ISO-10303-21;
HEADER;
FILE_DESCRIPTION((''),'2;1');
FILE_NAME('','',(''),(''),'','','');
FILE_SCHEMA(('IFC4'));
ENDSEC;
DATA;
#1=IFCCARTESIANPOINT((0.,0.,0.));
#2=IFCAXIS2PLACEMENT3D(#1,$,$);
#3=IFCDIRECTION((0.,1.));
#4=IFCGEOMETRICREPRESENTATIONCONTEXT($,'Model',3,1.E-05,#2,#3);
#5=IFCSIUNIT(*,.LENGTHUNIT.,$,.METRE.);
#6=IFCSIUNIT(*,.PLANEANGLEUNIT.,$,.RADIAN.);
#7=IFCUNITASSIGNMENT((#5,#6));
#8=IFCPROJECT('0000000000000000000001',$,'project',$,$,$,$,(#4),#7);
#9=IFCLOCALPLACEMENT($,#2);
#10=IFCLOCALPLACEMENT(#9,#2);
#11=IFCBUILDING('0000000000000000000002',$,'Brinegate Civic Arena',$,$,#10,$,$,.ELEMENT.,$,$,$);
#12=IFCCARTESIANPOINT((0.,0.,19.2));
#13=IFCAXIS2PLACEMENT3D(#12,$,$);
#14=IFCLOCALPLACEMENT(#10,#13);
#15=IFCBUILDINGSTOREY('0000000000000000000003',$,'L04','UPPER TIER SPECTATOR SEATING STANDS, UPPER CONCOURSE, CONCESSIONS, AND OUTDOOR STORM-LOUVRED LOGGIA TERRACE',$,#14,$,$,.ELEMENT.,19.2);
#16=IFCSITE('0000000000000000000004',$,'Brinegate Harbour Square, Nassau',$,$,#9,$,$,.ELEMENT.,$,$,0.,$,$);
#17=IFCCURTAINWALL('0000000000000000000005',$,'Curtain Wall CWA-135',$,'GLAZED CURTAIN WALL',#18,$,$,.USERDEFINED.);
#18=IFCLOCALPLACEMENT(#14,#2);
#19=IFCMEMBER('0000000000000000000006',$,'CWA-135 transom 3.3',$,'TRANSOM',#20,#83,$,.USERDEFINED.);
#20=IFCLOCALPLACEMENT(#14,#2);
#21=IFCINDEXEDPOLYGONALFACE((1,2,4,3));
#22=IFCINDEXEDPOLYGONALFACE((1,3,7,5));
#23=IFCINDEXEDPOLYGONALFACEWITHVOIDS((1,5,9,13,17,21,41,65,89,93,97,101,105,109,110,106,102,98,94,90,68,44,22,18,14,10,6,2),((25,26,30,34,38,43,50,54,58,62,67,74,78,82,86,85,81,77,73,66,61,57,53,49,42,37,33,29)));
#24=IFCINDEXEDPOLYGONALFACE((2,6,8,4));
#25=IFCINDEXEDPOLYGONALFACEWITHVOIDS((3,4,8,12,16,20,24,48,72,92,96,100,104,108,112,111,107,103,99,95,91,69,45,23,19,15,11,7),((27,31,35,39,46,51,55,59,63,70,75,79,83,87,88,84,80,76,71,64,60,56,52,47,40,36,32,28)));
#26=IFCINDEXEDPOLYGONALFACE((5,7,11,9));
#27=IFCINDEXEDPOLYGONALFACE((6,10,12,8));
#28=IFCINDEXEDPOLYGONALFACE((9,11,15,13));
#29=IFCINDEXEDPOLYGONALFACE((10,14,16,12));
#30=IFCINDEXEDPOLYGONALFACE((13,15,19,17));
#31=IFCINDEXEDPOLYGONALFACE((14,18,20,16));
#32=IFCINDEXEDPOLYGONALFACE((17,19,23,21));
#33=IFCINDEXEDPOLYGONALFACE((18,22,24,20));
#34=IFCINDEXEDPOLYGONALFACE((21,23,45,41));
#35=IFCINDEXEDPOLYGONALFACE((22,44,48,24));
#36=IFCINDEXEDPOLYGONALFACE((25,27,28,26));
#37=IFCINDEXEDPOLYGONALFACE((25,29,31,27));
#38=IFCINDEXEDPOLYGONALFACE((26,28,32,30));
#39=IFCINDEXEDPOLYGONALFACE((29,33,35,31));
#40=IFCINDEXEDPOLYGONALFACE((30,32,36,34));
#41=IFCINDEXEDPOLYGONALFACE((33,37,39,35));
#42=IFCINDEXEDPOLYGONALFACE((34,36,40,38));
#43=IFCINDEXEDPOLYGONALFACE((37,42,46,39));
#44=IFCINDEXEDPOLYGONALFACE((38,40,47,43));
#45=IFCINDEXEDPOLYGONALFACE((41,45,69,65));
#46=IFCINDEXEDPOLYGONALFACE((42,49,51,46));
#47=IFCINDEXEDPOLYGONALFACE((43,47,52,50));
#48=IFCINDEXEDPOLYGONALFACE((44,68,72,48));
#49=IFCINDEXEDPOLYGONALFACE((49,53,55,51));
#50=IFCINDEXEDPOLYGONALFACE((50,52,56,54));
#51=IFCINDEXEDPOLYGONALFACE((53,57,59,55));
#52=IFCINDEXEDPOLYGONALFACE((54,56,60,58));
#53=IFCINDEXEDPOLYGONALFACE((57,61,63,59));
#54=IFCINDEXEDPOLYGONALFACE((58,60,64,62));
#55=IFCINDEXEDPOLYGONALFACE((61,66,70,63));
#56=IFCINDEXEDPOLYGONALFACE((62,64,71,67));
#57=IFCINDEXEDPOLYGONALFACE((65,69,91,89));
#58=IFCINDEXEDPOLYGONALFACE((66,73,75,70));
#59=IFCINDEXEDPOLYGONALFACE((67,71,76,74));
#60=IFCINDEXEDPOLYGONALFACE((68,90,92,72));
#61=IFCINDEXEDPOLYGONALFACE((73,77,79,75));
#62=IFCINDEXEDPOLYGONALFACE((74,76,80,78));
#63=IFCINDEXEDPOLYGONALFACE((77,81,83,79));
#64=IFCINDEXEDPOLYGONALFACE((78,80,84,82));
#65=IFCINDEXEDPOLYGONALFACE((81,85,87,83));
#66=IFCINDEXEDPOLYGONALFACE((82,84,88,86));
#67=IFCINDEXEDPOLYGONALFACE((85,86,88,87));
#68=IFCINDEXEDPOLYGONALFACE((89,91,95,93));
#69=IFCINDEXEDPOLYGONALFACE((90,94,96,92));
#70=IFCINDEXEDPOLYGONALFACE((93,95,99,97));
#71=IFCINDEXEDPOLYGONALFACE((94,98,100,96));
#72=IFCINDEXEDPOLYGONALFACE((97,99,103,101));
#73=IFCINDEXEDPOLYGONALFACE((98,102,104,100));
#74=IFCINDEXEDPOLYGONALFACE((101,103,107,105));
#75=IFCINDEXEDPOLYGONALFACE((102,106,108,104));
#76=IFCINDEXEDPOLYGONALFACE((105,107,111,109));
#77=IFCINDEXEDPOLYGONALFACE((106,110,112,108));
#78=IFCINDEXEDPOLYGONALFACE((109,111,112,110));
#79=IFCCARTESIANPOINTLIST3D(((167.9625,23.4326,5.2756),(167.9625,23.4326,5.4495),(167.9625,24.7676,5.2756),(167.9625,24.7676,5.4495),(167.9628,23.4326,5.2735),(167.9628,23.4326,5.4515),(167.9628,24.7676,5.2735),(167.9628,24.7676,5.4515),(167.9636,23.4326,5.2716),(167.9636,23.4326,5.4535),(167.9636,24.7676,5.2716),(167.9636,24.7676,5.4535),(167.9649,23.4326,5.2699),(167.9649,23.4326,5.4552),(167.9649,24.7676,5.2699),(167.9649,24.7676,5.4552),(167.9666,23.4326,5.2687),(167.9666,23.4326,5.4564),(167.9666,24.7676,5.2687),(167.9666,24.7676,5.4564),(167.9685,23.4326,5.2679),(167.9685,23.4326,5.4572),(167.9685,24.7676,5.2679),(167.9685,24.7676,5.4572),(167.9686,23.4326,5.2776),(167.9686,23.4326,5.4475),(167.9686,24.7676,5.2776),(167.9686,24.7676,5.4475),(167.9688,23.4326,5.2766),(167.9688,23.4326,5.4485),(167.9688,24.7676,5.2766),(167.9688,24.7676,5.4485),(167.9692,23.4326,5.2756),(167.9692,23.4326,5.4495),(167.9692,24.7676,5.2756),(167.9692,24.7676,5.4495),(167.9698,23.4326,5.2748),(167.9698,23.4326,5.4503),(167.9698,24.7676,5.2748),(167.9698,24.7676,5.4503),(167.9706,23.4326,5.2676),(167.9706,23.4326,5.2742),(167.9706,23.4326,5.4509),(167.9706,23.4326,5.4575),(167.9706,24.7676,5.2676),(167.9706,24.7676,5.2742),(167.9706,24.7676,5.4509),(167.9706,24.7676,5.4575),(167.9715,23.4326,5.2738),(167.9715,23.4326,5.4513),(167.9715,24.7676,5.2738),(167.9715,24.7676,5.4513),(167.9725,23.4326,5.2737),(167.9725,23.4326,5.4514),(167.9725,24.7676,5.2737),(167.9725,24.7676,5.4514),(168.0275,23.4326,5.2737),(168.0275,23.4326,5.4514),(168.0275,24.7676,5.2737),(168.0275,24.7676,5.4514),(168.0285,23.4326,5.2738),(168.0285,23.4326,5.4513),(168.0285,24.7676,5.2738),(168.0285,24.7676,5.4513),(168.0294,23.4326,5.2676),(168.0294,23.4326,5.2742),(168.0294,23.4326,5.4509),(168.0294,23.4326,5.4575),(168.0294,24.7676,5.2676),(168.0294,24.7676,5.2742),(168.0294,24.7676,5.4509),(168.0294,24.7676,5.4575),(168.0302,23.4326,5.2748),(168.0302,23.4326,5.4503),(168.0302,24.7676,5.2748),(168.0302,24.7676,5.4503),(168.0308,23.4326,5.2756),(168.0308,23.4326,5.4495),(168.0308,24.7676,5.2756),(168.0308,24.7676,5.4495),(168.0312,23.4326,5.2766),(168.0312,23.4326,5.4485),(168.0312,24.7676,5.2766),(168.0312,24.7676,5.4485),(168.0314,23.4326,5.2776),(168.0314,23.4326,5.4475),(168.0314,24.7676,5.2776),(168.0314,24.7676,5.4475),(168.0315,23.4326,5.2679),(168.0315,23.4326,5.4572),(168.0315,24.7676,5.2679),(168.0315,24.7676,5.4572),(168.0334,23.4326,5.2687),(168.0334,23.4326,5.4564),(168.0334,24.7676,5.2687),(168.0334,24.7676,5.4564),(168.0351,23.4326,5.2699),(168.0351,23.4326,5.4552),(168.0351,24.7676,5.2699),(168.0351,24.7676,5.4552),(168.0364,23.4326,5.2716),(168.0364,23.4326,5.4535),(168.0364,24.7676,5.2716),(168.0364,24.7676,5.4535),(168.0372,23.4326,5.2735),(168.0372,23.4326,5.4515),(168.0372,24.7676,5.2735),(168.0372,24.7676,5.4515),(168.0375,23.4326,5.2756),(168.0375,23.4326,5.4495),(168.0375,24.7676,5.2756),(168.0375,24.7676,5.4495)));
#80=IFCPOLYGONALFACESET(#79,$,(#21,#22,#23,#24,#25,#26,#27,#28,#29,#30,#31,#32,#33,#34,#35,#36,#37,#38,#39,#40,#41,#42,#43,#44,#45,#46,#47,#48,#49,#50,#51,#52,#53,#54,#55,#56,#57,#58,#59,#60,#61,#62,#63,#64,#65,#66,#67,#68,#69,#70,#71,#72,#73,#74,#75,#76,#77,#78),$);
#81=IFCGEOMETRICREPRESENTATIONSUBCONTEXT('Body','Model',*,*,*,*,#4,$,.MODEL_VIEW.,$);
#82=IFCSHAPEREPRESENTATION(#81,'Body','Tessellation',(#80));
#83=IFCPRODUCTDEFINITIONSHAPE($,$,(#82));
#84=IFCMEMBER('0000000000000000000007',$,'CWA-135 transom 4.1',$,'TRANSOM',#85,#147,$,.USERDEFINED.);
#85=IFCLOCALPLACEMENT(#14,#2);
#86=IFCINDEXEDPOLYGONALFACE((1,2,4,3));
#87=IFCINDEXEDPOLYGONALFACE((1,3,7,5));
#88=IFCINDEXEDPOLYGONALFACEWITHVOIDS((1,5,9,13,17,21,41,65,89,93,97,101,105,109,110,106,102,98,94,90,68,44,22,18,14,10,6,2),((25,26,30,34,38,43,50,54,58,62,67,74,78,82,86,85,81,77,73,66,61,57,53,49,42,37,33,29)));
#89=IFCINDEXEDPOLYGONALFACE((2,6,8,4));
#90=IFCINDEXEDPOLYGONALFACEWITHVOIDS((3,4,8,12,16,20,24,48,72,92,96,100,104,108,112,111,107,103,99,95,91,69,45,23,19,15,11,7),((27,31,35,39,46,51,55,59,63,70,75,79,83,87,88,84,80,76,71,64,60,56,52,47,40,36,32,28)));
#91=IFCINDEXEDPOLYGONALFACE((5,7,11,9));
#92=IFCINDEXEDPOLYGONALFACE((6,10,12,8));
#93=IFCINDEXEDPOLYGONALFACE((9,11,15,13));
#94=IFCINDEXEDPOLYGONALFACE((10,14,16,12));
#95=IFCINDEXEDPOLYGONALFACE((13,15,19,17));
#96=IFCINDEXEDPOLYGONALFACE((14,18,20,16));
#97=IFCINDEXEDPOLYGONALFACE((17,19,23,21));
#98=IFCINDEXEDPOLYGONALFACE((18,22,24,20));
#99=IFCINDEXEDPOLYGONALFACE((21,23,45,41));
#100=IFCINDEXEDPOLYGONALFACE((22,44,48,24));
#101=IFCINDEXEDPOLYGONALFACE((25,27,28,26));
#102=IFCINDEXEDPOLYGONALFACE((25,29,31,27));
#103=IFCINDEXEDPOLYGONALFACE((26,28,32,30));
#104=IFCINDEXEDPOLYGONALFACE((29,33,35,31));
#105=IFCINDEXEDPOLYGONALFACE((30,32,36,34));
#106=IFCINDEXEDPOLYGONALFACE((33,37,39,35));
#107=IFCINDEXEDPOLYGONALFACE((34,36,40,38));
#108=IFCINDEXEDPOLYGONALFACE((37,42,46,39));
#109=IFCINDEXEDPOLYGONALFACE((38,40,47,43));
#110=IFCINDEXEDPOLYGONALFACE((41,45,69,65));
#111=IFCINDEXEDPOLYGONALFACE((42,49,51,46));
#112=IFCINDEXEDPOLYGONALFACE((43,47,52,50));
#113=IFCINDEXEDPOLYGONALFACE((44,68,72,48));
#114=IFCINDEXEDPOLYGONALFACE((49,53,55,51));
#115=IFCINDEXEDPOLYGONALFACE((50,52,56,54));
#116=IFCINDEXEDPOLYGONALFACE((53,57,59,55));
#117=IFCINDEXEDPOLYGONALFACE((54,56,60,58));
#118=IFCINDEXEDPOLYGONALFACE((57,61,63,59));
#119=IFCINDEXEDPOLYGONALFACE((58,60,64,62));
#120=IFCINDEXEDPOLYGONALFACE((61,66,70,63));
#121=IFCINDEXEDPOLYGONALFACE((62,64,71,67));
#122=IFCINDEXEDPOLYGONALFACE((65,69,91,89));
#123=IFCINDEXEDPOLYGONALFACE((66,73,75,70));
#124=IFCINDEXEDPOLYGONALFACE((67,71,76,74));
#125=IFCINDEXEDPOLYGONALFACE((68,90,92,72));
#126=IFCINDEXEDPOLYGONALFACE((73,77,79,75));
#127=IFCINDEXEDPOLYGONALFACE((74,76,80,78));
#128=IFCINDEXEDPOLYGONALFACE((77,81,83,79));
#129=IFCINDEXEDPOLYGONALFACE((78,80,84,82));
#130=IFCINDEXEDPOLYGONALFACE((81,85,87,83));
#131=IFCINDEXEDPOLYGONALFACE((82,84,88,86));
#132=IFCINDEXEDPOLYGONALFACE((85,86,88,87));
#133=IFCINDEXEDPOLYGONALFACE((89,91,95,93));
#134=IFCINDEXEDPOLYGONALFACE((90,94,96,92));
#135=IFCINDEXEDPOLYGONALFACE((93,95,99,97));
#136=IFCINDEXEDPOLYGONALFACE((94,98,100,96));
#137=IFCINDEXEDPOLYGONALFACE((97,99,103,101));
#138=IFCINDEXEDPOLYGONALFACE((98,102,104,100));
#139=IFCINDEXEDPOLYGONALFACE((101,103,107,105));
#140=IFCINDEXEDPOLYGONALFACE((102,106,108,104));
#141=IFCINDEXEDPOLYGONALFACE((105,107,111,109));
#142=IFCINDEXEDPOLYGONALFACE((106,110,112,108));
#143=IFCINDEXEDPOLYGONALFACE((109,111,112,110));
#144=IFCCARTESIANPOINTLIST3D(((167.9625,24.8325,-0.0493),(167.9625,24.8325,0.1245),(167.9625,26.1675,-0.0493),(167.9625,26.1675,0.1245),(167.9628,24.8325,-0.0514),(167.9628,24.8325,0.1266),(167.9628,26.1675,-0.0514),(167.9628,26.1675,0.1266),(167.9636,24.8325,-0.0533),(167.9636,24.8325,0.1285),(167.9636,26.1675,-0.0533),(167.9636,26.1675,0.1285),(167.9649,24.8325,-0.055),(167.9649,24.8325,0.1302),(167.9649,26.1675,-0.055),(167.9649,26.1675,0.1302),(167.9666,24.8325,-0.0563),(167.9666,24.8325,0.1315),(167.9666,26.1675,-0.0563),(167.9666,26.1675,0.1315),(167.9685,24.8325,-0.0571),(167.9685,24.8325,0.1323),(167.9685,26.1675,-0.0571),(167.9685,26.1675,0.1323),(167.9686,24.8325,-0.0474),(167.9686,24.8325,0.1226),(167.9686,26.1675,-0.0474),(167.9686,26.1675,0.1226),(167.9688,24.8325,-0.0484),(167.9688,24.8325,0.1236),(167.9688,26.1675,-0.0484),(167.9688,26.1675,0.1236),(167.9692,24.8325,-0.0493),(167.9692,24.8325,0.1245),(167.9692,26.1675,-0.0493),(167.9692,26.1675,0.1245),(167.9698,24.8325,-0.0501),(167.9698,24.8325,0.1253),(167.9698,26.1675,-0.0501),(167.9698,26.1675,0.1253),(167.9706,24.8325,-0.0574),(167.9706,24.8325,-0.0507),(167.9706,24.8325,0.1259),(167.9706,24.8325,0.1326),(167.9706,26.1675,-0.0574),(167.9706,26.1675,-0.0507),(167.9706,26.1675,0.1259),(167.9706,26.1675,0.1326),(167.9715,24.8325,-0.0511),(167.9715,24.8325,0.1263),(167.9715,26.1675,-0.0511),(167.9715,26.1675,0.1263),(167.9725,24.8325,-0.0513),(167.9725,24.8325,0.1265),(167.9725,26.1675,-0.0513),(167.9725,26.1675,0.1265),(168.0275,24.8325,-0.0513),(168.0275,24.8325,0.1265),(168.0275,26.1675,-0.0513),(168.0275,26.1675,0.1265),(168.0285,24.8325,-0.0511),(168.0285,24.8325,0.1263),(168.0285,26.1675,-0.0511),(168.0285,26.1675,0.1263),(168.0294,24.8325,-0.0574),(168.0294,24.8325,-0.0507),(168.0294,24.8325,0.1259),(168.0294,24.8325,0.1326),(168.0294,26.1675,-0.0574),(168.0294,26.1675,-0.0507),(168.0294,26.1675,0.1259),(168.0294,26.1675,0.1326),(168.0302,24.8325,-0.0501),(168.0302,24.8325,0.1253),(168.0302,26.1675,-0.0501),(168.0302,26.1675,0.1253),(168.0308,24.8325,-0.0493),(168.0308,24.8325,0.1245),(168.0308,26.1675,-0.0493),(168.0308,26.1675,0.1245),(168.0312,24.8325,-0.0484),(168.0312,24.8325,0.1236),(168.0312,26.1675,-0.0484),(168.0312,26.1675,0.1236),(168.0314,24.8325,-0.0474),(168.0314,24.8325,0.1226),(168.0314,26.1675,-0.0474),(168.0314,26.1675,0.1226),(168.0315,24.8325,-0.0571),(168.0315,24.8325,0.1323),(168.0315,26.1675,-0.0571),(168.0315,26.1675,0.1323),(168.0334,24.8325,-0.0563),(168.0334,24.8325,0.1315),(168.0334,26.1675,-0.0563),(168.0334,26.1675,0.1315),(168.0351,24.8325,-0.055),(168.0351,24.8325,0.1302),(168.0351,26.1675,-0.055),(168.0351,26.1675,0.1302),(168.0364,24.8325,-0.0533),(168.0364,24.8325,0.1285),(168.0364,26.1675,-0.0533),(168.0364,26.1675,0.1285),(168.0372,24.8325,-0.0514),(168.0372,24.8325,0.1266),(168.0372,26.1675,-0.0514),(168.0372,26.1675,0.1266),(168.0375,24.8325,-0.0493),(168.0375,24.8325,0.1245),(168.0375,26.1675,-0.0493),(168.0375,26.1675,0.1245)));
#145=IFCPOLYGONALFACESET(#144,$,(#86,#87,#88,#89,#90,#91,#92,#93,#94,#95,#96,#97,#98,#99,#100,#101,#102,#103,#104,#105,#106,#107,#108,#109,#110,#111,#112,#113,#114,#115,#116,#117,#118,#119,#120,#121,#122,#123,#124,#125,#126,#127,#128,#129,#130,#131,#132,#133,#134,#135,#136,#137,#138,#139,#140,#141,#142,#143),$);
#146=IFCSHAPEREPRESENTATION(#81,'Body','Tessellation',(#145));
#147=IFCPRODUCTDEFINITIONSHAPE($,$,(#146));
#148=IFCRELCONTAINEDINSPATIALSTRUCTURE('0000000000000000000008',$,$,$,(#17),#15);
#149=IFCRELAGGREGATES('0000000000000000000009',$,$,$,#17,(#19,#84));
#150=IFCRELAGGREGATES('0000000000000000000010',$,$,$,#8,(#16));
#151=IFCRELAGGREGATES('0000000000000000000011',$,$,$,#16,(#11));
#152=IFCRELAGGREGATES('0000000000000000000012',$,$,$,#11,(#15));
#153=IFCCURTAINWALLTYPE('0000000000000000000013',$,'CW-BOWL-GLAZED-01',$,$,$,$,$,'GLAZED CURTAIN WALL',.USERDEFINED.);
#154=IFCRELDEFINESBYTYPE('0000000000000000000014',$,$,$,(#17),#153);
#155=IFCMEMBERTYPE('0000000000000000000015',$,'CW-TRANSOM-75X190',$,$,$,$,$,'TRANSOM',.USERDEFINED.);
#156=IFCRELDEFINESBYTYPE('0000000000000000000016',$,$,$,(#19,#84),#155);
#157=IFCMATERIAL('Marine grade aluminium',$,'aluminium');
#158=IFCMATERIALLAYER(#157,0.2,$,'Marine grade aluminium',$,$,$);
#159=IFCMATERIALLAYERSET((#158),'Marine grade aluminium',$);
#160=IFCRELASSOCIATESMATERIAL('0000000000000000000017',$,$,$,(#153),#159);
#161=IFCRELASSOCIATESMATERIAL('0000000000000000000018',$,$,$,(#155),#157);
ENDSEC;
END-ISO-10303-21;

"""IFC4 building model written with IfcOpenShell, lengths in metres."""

from ifc_helpers import new_model, si_unit, direction, frame, origin, origin_2d, place, context, subcontext, project, spatial, hollow_rectangle, extrude, material, layer, layer_set, material_profile, profile_set, type_object, element, aggregate, save


model = new_model("IFC4")

# Units and contexts
model_context = context("Model", 3, precision=1e-05, world=origin(), true_north=direction((0.0, 1.0)))
body_context = subcontext(model_context, "Body", "Model", "MODEL_VIEW")
ifc_project = project(units=[si_unit("LENGTHUNIT", "METRE"), si_unit("PLANEANGLEUNIT", "RADIAN")], contexts=[model_context])

# Site, building, storey
site_placement = place(None, origin())
site = spatial("IfcSite", under=ifc_project, at=site_placement, Name="Brinegate Harbour Square, Nassau", CompositionType="ELEMENT", RefElevation=0.0)
building_placement = place(site_placement, origin())
building = spatial("IfcBuilding", under=site, at=building_placement, Name="Brinegate Civic Arena", CompositionType="ELEMENT")
storey_placement = place(building_placement, frame((0.0, 0.0, 19.2)))
storey = spatial("IfcBuildingStorey", under=building, at=storey_placement, Name="L04", Description="UPPER TIER SPECTATOR SEATING STANDS, UPPER CONCOURSE, CONCESSIONS, AND OUTDOOR STORM-LOUVRED LOGGIA TERRACE", CompositionType="ELEMENT", Elevation=19.2)

# Curtain wall, members
ifc_material_1 = material(Name="Marine grade aluminium", Category="aluminium")
ifc_layer_1 = layer(ifc_material_1, 0.2, Name="Marine grade aluminium")
ifc_layer_set_1 = layer_set([ifc_layer_1], Name="Marine grade aluminium")
curtain_wall_type = type_object("IfcCurtainWallType", Name="CW-BOWL-GLAZED-01", ElementType="GLAZED CURTAIN WALL", PredefinedType="USERDEFINED", material=ifc_layer_set_1)
curtain_wall_placement = place(storey_placement, origin())
curtain_wall = element("IfcCurtainWall", 1, at=curtain_wall_placement, inside=storey, type_object=curtain_wall_type, Name="Curtain Wall CWA-135", ObjectType="GLAZED CURTAIN WALL", PredefinedType="USERDEFINED")
ifc_material_profile_1 = material_profile(ifc_material_1, hollow_rectangle(XDim=0.075, YDim=0.1899, WallThickness=0.0061, InnerFilletRadius=0.0039, OuterFilletRadius=0.0081, at=origin_2d()), Name="TRN75X190")
ifc_profile_set_1 = profile_set([ifc_material_profile_1], Name="Marine grade aluminium")
member_type_1 = type_object("IfcMemberType", Name="CW-TRANSOM-75X190", ElementType="TRANSOM", PredefinedType="USERDEFINED", material=ifc_profile_set_1)
member_1_placement = place(storey_placement, frame((168.0, 23.4326, 5.3625), z_axis=(0.0, 1.0, 0.0), x_axis=(-1.0, 0.0, 0.0)))
member_1 = element("IfcMember", 2, at=member_1_placement, type_object=member_type_1, Name="CWA-135 transom 3.3", ObjectType="TRANSOM", PredefinedType="USERDEFINED", context=body_context, shape_type="SweptSolid", body=[
    extrude(hollow_rectangle(XDim=0.075, YDim=0.1899, WallThickness=0.0061, InnerFilletRadius=0.0039, OuterFilletRadius=0.0081, at=origin_2d()), origin(), (0.0, 0.0, 1.0), 1.335),
])
member_2_placement = place(storey_placement, frame((168.0, 24.8325, 0.0376), z_axis=(0.0, 1.0, 0.0), x_axis=(-1.0, 0.0, 0.0)))
member_2 = element("IfcMember", 3, at=member_2_placement, type_object=member_type_1, Name="CWA-135 transom 4.1", ObjectType="TRANSOM", PredefinedType="USERDEFINED", context=body_context, shape_type="SweptSolid", body=[
    extrude(hollow_rectangle(XDim=0.075, YDim=0.1899, WallThickness=0.0061, InnerFilletRadius=0.0039, OuterFilletRadius=0.0081, at=origin_2d()), origin(), (0.0, 0.0, 1.0), 1.335),
])

aggregate(curtain_wall, [member_1, member_2])

save(model, "model.ifc")
